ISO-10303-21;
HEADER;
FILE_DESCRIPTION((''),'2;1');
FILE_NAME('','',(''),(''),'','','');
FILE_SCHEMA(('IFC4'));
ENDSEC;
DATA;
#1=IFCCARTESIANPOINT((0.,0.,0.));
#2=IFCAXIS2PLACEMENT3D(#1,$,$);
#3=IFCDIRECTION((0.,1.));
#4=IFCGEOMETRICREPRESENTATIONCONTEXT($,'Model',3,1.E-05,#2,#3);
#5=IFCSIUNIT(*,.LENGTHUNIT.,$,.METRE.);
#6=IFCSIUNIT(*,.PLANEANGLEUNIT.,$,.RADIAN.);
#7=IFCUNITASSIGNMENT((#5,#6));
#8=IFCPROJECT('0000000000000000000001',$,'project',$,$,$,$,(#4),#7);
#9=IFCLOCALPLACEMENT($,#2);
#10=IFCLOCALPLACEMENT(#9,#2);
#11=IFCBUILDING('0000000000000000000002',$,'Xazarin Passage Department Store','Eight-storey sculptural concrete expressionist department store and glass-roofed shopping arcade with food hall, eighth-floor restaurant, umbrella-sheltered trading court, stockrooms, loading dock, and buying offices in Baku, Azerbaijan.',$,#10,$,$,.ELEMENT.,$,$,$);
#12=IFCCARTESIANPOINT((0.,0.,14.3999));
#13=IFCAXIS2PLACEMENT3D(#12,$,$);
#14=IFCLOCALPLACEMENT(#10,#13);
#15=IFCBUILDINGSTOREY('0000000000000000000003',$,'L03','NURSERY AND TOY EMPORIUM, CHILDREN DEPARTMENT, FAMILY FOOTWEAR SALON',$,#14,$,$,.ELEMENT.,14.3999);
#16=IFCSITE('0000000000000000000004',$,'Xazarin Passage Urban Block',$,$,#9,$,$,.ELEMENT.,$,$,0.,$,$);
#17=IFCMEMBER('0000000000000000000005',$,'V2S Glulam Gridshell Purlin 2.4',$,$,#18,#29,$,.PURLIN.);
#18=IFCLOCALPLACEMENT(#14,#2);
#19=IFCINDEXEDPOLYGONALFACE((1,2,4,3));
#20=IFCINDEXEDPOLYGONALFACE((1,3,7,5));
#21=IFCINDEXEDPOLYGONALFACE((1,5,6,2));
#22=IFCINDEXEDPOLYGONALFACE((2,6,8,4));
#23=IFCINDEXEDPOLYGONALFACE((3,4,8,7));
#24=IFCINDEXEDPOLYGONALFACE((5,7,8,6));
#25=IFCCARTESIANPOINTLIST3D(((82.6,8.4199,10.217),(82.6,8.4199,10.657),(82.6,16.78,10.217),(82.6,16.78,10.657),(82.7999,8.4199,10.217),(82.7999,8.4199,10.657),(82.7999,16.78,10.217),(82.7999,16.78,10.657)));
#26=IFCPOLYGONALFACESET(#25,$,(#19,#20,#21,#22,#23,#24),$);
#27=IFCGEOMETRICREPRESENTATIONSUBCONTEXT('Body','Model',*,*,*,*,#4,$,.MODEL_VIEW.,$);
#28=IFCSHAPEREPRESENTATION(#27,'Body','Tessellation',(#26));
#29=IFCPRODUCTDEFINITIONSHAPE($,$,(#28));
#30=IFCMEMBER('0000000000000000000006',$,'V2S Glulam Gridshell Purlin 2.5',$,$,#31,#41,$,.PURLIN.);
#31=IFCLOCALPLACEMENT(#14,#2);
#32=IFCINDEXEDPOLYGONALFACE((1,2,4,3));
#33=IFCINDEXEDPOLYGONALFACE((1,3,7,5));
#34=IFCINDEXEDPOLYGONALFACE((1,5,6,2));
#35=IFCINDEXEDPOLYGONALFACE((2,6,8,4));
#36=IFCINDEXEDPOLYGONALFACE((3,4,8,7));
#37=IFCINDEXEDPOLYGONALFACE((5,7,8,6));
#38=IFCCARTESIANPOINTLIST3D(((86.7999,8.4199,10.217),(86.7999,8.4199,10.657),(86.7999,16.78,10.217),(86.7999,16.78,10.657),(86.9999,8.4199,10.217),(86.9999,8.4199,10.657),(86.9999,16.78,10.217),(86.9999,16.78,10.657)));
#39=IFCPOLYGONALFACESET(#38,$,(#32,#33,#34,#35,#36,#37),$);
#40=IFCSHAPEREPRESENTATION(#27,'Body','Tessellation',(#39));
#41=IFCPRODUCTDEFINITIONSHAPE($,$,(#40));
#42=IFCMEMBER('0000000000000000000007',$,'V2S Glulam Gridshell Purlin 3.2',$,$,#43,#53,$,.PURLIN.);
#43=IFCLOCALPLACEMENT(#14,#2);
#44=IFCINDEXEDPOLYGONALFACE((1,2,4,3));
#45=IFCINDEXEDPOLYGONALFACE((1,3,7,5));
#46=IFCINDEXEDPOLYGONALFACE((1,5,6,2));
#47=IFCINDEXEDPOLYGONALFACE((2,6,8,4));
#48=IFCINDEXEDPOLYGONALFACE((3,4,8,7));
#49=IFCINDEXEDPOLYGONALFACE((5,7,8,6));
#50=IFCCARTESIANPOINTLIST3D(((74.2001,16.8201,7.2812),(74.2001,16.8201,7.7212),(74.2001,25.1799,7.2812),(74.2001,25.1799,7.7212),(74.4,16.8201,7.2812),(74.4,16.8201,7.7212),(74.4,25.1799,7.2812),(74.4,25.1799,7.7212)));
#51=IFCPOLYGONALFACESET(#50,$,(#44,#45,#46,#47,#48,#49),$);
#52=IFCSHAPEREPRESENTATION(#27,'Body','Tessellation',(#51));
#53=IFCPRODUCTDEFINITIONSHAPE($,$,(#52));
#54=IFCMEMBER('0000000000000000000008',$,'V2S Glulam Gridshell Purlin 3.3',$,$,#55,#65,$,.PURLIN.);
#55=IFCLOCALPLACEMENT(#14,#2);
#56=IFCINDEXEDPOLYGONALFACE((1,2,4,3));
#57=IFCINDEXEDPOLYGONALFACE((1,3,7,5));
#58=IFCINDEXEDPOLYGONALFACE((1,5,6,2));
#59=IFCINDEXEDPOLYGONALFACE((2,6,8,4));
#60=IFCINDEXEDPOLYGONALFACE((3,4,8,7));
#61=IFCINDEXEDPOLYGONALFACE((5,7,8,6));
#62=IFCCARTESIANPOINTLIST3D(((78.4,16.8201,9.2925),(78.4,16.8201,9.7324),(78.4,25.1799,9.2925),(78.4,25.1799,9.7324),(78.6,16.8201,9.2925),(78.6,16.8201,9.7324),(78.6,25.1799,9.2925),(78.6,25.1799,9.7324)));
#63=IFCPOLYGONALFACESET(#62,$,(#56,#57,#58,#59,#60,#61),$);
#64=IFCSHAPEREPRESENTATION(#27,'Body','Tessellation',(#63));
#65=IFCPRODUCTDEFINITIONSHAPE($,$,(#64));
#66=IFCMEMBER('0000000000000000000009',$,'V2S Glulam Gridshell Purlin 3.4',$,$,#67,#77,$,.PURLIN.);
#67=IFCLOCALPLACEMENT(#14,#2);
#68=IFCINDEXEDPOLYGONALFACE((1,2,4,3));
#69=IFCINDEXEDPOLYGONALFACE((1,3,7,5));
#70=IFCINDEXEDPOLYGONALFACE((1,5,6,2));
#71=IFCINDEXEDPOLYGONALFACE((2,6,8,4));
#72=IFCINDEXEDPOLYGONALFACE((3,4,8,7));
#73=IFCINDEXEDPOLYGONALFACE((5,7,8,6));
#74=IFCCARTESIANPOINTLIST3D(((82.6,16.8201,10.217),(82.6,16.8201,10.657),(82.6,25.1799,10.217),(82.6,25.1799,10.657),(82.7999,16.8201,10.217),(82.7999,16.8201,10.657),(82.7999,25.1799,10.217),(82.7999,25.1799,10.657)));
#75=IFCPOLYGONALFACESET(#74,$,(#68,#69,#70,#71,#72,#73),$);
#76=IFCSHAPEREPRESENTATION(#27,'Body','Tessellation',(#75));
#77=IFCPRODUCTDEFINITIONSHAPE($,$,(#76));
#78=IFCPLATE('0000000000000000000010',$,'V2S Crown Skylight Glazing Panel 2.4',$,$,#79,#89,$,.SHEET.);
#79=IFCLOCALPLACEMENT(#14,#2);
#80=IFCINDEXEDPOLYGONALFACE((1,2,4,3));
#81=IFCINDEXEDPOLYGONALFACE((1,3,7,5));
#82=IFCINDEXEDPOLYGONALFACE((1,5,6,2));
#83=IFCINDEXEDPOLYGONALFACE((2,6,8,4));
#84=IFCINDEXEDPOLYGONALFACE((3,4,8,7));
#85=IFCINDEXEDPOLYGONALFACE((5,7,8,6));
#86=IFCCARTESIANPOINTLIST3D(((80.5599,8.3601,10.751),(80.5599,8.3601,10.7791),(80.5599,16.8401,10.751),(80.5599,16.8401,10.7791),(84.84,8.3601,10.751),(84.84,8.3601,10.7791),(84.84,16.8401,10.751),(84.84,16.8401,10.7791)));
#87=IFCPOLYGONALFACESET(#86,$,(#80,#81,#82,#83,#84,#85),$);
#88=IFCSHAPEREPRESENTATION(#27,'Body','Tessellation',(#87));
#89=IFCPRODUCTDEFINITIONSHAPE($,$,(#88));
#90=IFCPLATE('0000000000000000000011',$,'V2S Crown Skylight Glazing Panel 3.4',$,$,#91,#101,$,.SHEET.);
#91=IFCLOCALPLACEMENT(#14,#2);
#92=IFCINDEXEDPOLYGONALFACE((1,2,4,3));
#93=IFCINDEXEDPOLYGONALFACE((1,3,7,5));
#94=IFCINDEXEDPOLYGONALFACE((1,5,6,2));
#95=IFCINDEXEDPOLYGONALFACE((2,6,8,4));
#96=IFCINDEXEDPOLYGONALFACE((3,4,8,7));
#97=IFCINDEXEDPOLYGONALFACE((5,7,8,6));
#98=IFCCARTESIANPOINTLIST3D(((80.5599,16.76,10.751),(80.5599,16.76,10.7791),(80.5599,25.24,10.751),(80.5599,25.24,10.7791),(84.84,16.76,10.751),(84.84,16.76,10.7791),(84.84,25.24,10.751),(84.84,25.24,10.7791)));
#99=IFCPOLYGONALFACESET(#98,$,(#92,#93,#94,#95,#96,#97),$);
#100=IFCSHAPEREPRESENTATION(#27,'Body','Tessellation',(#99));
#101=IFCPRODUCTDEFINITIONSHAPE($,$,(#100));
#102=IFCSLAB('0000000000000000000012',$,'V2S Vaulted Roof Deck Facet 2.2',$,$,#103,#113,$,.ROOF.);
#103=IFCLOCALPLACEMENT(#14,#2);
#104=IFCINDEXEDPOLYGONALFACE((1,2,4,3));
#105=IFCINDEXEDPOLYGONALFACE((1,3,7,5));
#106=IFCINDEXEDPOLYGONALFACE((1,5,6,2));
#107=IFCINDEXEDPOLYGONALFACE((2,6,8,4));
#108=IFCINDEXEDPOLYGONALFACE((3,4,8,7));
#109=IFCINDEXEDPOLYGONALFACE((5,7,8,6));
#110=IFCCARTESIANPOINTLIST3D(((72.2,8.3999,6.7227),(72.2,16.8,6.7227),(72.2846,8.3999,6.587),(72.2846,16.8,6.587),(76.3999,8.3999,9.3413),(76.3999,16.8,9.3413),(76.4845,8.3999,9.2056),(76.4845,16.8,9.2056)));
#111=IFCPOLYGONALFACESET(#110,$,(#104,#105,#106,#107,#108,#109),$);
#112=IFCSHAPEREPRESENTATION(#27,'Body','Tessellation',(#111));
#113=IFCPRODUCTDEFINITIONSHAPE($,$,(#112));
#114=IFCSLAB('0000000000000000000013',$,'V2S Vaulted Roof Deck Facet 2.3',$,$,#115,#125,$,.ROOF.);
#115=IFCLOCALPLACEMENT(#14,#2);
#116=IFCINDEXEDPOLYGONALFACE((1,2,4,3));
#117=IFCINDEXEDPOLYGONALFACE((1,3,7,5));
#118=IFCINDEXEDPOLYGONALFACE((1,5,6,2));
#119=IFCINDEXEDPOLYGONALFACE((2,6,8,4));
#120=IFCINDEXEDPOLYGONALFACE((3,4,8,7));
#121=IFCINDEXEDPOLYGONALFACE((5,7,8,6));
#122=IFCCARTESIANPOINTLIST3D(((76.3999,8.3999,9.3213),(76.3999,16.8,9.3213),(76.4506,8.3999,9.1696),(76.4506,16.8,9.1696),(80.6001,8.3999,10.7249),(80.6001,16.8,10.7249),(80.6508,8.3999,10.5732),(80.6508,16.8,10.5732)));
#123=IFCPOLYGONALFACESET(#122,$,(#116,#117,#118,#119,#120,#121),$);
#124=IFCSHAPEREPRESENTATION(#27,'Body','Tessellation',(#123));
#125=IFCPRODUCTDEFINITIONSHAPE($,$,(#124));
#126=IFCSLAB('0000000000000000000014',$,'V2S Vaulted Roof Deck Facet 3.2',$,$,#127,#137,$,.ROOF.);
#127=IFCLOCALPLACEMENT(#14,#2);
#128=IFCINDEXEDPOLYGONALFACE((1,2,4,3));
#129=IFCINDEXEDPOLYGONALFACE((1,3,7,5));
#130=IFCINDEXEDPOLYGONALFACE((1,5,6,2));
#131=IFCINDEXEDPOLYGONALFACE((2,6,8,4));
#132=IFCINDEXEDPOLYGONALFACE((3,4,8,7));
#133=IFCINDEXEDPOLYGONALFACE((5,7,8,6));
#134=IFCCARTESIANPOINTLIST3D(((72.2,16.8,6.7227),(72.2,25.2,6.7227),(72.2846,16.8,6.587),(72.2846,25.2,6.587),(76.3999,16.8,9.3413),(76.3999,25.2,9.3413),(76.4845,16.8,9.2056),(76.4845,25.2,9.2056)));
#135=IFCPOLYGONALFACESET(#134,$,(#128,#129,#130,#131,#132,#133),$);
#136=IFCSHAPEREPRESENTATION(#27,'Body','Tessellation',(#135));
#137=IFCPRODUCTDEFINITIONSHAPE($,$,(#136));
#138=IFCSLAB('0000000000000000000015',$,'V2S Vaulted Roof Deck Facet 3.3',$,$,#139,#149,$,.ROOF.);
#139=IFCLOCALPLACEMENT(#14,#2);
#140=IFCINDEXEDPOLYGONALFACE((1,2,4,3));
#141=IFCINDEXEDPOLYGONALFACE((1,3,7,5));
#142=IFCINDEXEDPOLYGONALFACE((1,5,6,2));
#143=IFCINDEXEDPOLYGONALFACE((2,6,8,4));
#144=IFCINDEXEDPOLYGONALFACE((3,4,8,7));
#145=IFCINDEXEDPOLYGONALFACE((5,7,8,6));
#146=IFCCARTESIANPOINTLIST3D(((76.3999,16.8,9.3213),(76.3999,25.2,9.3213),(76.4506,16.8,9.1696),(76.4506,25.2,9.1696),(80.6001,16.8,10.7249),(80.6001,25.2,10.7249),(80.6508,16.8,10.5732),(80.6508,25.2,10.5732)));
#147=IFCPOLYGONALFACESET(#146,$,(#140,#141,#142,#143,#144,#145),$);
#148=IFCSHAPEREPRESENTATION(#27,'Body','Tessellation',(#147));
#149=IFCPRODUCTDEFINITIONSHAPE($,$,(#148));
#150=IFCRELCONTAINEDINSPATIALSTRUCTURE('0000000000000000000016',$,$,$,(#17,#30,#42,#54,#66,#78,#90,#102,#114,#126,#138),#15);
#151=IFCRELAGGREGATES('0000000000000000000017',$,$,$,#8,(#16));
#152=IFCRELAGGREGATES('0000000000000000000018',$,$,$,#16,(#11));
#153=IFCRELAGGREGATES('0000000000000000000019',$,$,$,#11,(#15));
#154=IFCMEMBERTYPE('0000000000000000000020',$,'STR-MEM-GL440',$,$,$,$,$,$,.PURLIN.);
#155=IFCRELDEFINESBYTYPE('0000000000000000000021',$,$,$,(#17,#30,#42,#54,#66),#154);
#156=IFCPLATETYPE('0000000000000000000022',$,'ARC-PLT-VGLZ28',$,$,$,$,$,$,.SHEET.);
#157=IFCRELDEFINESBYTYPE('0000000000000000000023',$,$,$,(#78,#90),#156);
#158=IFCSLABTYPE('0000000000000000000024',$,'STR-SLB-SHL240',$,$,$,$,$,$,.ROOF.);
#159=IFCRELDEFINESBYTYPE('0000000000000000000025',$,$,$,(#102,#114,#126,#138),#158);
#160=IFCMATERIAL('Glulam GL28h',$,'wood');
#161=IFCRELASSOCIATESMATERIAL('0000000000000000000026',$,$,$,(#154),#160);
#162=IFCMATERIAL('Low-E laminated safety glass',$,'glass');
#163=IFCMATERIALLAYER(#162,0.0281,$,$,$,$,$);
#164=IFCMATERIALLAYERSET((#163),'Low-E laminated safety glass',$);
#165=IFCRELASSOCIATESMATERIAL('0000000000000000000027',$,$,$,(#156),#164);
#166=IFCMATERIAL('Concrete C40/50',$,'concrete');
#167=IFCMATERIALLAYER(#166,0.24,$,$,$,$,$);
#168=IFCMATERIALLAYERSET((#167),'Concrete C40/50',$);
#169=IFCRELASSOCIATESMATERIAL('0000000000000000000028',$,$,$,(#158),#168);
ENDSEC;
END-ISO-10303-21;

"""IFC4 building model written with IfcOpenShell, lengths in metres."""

from ifc_helpers import new_model, si_unit, direction, frame, origin, origin_2d, place, context, subcontext, project, spatial, polyline, rectangle, outline, extrude, material, layer, layer_set, material_profile, profile_set, type_object, element, save


model = new_model("IFC4")

# Units and contexts
model_context = context("Model", 3, precision=1e-05, world=origin(), true_north=direction((0.0, 1.0)))
body_context = subcontext(model_context, "Body", "Model", "MODEL_VIEW")
ifc_project = project(units=[si_unit("LENGTHUNIT", "METRE"), si_unit("PLANEANGLEUNIT", "RADIAN")], contexts=[model_context])

# Site, building, storey
site_placement = place(None, origin())
site = spatial("IfcSite", under=ifc_project, at=site_placement, Name="Xazarin Passage Urban Block", CompositionType="ELEMENT", RefElevation=0.0)
building_placement = place(site_placement, origin())
building = spatial("IfcBuilding", under=site, at=building_placement, Name="Xazarin Passage Department Store", Description="Eight-storey sculptural concrete expressionist department store and glass-roofed shopping arcade with food hall, eighth-floor restaurant, umbrella-sheltered trading court, stockrooms, loading dock, and buying offices in Baku, Azerbaijan.", CompositionType="ELEMENT")
storey_placement = place(building_placement, frame((0.0, 0.0, 14.3999)))
storey = spatial("IfcBuildingStorey", under=building, at=storey_placement, Name="L03", Description="NURSERY AND TOY EMPORIUM, CHILDREN DEPARTMENT, FAMILY FOOTWEAR SALON", CompositionType="ELEMENT", Elevation=14.3999)

# Members
ifc_material_1 = material(Name="Glulam GL28h", Category="wood")
ifc_material_profile_1 = material_profile(ifc_material_1, rectangle(XDim=0.2, YDim=0.4399, at=origin_2d()), Name="GL28h 200x440")
ifc_profile_set_1 = profile_set([ifc_material_profile_1], Name="Glulam GL28h")
member_type = type_object("IfcMemberType", Name="STR-MEM-GL440", PredefinedType="PURLIN", material=ifc_profile_set_1)
for number, where, z_axis, x_axis, name in (
    (1, (82.7, 8.4199, 10.437), (0.0, 1.0, 0.0), (-1.0, 0.0, 0.0), "V2S Glulam Gridshell Purlin 2.4"),
    (2, (86.8999, 8.4199, 10.437), (0.0, 1.0, 0.0), (-1.0, 0.0, 0.0), "V2S Glulam Gridshell Purlin 2.5"),
):
    element("IfcMember", number, at=place(storey_placement, frame(where, z_axis=z_axis, x_axis=x_axis)), inside=storey, type_object=member_type, Name=name, PredefinedType="PURLIN", context=body_context, shape_type="SweptSolid", body=[
        extrude(rectangle(XDim=0.2, YDim=0.4399, at=origin_2d()), origin(), (0.0, 0.0, 1.0), 8.3601),
    ])
for number, where, z_axis, x_axis, name in (
    (3, (74.3, 16.8201, 7.5012), (0.0, 1.0, 0.0), (-1.0, 0.0, 0.0), "V2S Glulam Gridshell Purlin 3.2"),
    (4, (78.5, 16.8201, 9.5125), (0.0, 1.0, 0.0), (-1.0, 0.0, 0.0), "V2S Glulam Gridshell Purlin 3.3"),
    (5, (82.7, 16.8201, 10.437), (0.0, 1.0, 0.0), (-1.0, 0.0, 0.0), "V2S Glulam Gridshell Purlin 3.4"),
):
    element("IfcMember", number, at=place(storey_placement, frame(where, z_axis=z_axis, x_axis=x_axis)), inside=storey, type_object=member_type, Name=name, PredefinedType="PURLIN", context=body_context, shape_type="SweptSolid", body=[
        extrude(rectangle(XDim=0.2, YDim=0.4399, at=origin_2d()), origin(), (0.0, 0.0, 1.0), 8.3599),
    ])

# Plates
ifc_material_2 = material(Name="Low-E laminated safety glass", Category="glass")
ifc_layer_1 = layer(ifc_material_2, 0.0281)
ifc_layer_set_1 = layer_set([ifc_layer_1], Name="Low-E laminated safety glass")
plate_type = type_object("IfcPlateType", Name="ARC-PLT-VGLZ28", PredefinedType="SHEET", material=ifc_layer_set_1)
for number, where, z_axis, x_axis, name in (
    (6, (82.7, 12.6001, 10.751), (0.0, 0.0, 1.0), (1.0, 0.0, 0.0), "V2S Crown Skylight Glazing Panel 2.4"),
    (7, (82.7, 21.0, 10.751), (0.0, 0.0, 1.0), (1.0, 0.0, 0.0), "V2S Crown Skylight Glazing Panel 3.4"),
):
    element("IfcPlate", number, at=place(storey_placement, frame(where, z_axis=z_axis, x_axis=x_axis)), inside=storey, type_object=plate_type, Name=name, PredefinedType="SHEET", context=body_context, shape_type="SweptSolid", body=[
        extrude(rectangle(XDim=4.28, YDim=8.48, at=origin_2d()), origin(), (0.0, 0.0, 1.0), 0.0281),
    ])

# Slabs
ifc_material_3 = material(Name="Concrete C40/50", Category="concrete")
ifc_layer_2 = layer(ifc_material_3, 0.24)
ifc_layer_set_2 = layer_set([ifc_layer_2], Name="Concrete C40/50")
slab_type = type_object("IfcSlabType", Name="STR-SLB-SHL240", PredefinedType="ROOF", material=ifc_layer_set_2)
slab_1_placement = place(storey_placement, frame((72.2, 8.3999, 6.7227), z_axis=(-0.529081, 0.0, 0.848571), x_axis=(0.848571, 0.0, 0.529081)))
element("IfcSlab", 8, at=slab_1_placement, inside=storey, type_object=slab_type, Name="V2S Vaulted Roof Deck Facet 2.2", PredefinedType="ROOF", context=body_context, shape_type="SweptSolid", body=[
    extrude(outline(polyline([(0.0, 0.0), (4.9494, 0.0), (4.9494, 8.4001), (0.0, 8.4001), (0.0, 0.0)])), origin(), (0.0, 0.0, -1.0), 0.1599),
])
slab_2_placement = place(storey_placement, frame((76.3999, 8.3999, 9.3213), z_axis=(-0.316939, 0.0, 0.948446), x_axis=(0.948446, 0.0, 0.316939)))
element("IfcSlab", 9, at=slab_2_placement, inside=storey, type_object=slab_type, Name="V2S Vaulted Roof Deck Facet 2.3", PredefinedType="ROOF", context=body_context, shape_type="SweptSolid", body=[
    extrude(outline(polyline([(0.0, 0.0), (4.4285, 0.0), (4.4285, 8.4001), (0.0, 8.4001), (0.0, 0.0)])), origin(), (0.0, 0.0, -1.0), 0.1599),
])
slab_3_placement = place(storey_placement, frame((72.2, 16.8, 6.7227), z_axis=(-0.529081, 0.0, 0.848571), x_axis=(0.848571, 0.0, 0.529081)))
element("IfcSlab", 10, at=slab_3_placement, inside=storey, type_object=slab_type, Name="V2S Vaulted Roof Deck Facet 3.2", PredefinedType="ROOF", context=body_context, shape_type="SweptSolid", body=[
    extrude(outline(polyline([(0.0, 0.0), (4.9494, 0.0), (4.9494, 8.3999), (0.0, 8.3999), (0.0, 0.0)])), origin(), (0.0, 0.0, -1.0), 0.1599),
])
slab_4_placement = place(storey_placement, frame((76.3999, 16.8, 9.3213), z_axis=(-0.316939, 0.0, 0.948446), x_axis=(0.948446, 0.0, 0.316939)))
element("IfcSlab", 11, at=slab_4_placement, inside=storey, type_object=slab_type, Name="V2S Vaulted Roof Deck Facet 3.3", PredefinedType="ROOF", context=body_context, shape_type="SweptSolid", body=[
    extrude(outline(polyline([(0.0, 0.0), (4.4285, 0.0), (4.4285, 8.3999), (0.0, 8.3999), (0.0, 0.0)])), origin(), (0.0, 0.0, -1.0), 0.1599),
])

save(model, "model.ifc")
